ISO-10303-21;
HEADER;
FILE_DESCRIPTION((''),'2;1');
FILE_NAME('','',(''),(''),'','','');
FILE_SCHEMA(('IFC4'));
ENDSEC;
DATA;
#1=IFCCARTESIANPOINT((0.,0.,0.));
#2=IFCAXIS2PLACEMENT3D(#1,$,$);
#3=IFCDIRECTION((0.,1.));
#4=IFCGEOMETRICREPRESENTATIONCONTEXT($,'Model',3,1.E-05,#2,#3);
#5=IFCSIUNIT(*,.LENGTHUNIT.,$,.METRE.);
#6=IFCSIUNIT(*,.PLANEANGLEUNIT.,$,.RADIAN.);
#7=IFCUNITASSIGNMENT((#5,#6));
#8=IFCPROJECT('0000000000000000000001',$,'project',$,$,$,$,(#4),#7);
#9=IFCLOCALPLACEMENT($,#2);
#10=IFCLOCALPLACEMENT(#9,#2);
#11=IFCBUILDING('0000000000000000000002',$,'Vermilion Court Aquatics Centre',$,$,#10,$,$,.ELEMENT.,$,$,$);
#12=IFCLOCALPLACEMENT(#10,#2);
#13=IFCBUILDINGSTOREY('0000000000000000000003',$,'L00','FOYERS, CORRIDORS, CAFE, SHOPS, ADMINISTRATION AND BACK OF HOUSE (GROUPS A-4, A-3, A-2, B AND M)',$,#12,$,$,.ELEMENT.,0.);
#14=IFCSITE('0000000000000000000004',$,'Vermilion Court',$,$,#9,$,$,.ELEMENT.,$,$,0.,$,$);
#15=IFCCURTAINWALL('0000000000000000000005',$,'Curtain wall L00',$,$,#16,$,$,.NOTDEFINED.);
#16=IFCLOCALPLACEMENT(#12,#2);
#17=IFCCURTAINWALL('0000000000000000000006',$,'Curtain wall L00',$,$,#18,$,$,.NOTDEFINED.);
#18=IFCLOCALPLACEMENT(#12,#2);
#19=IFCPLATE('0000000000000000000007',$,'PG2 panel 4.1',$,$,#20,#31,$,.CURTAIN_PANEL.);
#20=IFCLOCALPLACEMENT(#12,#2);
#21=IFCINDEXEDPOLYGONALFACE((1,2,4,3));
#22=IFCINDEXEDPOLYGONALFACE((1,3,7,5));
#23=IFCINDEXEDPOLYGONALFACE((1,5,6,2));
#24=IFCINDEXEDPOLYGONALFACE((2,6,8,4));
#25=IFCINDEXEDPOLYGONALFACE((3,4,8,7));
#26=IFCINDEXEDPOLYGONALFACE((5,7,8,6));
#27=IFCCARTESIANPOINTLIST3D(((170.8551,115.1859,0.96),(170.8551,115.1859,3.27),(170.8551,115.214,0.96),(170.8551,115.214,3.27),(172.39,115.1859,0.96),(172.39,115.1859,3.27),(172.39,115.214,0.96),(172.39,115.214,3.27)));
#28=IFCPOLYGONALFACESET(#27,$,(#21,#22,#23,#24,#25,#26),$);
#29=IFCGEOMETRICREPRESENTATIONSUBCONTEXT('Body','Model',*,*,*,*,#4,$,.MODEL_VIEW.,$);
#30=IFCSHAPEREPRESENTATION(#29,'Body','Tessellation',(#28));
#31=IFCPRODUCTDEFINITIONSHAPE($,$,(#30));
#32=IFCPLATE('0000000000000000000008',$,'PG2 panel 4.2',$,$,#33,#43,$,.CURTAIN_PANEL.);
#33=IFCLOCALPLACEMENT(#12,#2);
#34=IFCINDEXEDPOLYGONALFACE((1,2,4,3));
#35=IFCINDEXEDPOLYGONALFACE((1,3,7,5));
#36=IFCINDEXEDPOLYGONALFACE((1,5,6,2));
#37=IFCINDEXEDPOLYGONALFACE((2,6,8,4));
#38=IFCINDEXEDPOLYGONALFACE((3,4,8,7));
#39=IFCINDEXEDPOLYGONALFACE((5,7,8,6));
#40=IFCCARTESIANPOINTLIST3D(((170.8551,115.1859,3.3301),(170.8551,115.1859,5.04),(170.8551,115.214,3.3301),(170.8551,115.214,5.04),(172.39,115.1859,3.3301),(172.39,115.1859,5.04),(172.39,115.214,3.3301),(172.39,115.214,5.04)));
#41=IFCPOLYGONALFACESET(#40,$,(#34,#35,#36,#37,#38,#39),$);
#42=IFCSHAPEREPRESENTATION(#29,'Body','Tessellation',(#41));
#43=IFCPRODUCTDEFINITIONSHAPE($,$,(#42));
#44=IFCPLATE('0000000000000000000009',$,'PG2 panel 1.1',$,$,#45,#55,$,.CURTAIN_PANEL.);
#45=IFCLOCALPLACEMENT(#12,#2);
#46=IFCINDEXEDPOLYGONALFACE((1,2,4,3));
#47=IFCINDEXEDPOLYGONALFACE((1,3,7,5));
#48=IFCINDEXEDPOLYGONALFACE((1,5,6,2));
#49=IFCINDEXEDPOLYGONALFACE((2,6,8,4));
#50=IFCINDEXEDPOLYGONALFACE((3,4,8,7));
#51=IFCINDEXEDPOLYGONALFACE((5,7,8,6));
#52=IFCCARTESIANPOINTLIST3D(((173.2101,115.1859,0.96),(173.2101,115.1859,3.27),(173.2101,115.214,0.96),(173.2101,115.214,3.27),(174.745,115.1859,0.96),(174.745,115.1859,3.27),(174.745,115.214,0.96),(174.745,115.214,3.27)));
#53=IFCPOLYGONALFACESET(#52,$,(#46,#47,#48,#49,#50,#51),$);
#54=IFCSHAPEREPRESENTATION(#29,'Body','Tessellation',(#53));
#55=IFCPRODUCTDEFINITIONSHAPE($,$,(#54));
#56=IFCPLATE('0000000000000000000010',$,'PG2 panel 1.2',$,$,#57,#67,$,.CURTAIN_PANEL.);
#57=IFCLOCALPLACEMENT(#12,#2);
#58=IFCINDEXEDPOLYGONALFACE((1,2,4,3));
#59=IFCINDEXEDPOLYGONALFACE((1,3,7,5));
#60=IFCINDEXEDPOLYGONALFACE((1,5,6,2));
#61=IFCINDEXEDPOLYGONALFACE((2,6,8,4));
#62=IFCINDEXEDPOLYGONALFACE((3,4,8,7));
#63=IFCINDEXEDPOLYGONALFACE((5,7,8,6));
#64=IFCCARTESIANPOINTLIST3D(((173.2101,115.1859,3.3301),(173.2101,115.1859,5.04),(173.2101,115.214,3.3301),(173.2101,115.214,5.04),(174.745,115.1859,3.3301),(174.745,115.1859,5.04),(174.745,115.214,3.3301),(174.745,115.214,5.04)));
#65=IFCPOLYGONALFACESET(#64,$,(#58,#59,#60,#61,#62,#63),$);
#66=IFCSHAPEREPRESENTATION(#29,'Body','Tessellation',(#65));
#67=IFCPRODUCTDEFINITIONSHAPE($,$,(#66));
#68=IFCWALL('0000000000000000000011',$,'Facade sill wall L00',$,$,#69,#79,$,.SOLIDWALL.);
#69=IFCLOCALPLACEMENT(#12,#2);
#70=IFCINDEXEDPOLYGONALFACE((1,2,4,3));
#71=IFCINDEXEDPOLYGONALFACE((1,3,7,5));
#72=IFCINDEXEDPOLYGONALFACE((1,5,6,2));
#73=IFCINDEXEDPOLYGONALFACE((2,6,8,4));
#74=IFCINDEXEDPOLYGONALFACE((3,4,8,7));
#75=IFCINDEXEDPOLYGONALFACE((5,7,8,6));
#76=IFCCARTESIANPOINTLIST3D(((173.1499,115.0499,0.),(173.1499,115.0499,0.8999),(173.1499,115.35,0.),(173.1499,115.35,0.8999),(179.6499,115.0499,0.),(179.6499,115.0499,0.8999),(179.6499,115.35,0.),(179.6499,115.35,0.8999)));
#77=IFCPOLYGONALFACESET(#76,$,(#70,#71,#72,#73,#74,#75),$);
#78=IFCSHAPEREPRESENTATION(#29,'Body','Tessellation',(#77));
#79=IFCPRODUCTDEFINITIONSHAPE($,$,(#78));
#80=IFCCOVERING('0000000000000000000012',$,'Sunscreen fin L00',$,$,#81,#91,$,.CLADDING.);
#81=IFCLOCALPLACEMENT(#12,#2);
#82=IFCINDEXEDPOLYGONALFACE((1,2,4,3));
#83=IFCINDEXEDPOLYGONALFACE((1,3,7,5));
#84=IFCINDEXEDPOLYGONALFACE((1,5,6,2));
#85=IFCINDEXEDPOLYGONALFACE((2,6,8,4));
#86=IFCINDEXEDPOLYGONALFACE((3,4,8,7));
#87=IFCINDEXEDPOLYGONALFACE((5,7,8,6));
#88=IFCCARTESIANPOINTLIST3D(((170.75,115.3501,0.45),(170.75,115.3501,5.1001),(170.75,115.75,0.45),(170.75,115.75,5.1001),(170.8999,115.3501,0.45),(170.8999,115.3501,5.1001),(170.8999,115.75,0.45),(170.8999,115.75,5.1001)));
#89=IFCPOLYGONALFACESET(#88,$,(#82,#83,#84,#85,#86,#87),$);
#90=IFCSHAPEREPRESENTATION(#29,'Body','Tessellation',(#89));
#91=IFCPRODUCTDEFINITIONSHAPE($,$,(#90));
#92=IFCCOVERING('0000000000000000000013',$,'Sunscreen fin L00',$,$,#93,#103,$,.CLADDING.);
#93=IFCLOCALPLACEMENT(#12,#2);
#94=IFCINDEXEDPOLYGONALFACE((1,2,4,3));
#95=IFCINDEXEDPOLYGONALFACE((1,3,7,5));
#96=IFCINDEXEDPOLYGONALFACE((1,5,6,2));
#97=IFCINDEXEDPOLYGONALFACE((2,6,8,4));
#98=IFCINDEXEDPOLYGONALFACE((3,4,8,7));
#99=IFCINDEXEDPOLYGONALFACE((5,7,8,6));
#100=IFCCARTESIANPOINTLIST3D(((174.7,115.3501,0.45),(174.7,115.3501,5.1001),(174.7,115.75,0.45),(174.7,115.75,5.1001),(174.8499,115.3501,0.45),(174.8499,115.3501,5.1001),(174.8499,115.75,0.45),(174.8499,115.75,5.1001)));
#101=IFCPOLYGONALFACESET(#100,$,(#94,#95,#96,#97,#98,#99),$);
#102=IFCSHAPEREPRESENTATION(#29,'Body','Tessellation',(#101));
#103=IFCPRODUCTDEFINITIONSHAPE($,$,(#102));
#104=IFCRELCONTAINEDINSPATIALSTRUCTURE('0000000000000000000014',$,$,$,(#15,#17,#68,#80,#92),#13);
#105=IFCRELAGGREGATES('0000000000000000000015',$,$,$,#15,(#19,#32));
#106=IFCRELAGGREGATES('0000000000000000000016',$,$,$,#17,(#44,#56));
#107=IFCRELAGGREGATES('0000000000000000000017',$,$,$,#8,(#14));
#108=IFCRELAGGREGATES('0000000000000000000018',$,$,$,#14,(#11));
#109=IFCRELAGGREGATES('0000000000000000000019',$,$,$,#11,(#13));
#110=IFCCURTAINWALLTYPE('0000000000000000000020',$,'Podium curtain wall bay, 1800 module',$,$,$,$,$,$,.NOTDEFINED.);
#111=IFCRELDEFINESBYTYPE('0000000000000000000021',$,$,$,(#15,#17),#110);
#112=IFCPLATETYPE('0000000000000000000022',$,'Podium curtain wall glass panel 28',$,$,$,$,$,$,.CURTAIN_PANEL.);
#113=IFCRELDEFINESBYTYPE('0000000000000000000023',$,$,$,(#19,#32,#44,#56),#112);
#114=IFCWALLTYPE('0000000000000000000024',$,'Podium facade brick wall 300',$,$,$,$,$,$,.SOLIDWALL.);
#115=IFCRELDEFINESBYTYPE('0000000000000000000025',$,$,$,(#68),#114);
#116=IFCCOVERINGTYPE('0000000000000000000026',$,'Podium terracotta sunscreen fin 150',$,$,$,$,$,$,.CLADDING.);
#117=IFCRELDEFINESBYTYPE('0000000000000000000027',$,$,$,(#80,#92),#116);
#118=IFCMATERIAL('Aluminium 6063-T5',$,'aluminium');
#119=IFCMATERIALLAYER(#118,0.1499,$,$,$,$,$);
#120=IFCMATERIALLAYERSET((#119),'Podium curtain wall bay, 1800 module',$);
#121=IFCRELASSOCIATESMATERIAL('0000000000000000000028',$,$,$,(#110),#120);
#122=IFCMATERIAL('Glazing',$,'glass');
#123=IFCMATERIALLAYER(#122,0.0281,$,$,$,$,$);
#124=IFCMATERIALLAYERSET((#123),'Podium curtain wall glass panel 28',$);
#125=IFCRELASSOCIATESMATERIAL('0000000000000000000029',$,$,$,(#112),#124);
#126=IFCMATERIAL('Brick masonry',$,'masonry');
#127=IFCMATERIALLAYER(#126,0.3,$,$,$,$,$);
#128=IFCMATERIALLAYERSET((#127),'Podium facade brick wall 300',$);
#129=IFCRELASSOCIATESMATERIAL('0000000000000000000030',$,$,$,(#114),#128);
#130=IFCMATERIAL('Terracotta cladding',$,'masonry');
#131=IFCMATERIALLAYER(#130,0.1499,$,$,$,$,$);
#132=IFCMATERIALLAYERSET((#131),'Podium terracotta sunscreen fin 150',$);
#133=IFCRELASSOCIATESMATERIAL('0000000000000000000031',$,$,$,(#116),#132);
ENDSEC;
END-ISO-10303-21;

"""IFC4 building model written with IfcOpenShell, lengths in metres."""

from ifc_helpers import new_model, si_unit, direction, frame, frame_2d, origin, origin_2d, place, context, subcontext, project, spatial, rectangle, extrude, material, layer, layer_set, type_object, element, aggregate, save


model = new_model("IFC4")

# Units and contexts
model_context = context("Model", 3, precision=1e-05, world=origin(), true_north=direction((0.0, 1.0)))
body_context = subcontext(model_context, "Body", "Model", "MODEL_VIEW")
ifc_project = project(units=[si_unit("LENGTHUNIT", "METRE"), si_unit("PLANEANGLEUNIT", "RADIAN")], contexts=[model_context])

# Site, building, storey
site_placement = place(None, origin())
site = spatial("IfcSite", under=ifc_project, at=site_placement, Name="Vermilion Court", CompositionType="ELEMENT", RefElevation=0.0)
building_placement = place(site_placement, origin())
building = spatial("IfcBuilding", under=site, at=building_placement, Name="Vermilion Court Aquatics Centre", CompositionType="ELEMENT")
storey_placement = place(building_placement, origin())
storey = spatial("IfcBuildingStorey", under=building, at=storey_placement, Name="L00", Description="FOYERS, CORRIDORS, CAFE, SHOPS, ADMINISTRATION AND BACK OF HOUSE (GROUPS A-4, A-3, A-2, B AND M)", CompositionType="ELEMENT", Elevation=0.0)

# Curtain walls
ifc_material_1 = material(Name="Aluminium 6063-T5", Category="aluminium")
ifc_layer_1 = layer(ifc_material_1, 0.1499)
ifc_layer_set_1 = layer_set([ifc_layer_1], Name="Podium curtain wall bay, 1800 module")
curtain_wall_type = type_object("IfcCurtainWallType", Name="Podium curtain wall bay, 1800 module", PredefinedType="NOTDEFINED", material=ifc_layer_set_1)
curtain_wall_1_placement = place(storey_placement, origin())
curtain_wall_1 = element("IfcCurtainWall", 1, at=curtain_wall_1_placement, inside=storey, type_object=curtain_wall_type, Name="Curtain wall L00", PredefinedType="NOTDEFINED")
curtain_wall_2_placement = place(storey_placement, origin())
curtain_wall_2 = element("IfcCurtainWall", 2, at=curtain_wall_2_placement, inside=storey, type_object=curtain_wall_type, Name="Curtain wall L00", PredefinedType="NOTDEFINED")

# Plates
ifc_material_2 = material(Name="Glazing", Category="glass")
ifc_layer_2 = layer(ifc_material_2, 0.0281)
ifc_layer_set_2 = layer_set([ifc_layer_2], Name="Podium curtain wall glass panel 28")
plate_type = type_object("IfcPlateType", Name="Podium curtain wall glass panel 28", PredefinedType="CURTAIN_PANEL", material=ifc_layer_set_2)
plate_1_placement = place(storey_placement, frame((171.6226, 115.2, 0.96), z_axis=(0.0, 0.0, 1.0), x_axis=(1.0, 0.0, 0.0)))
plate_1 = element("IfcPlate", 3, at=plate_1_placement, type_object=plate_type, Name="PG2 panel 4.1", PredefinedType="CURTAIN_PANEL", context=body_context, shape_type="SweptSolid", body=[
    extrude(rectangle(XDim=1.5349, YDim=0.0281, at=origin_2d()), origin(), (0.0, 0.0, 1.0), 2.3101),
])
plate_2_placement = place(storey_placement, frame((171.6226, 115.2, 3.3301), z_axis=(0.0, 0.0, 1.0), x_axis=(1.0, 0.0, 0.0)))
plate_2 = element("IfcPlate", 4, at=plate_2_placement, type_object=plate_type, Name="PG2 panel 4.2", PredefinedType="CURTAIN_PANEL", context=body_context, shape_type="SweptSolid", body=[
    extrude(rectangle(XDim=1.5349, YDim=0.0281, at=origin_2d()), origin(), (0.0, 0.0, 1.0), 1.71),
])
aggregate(curtain_wall_1, [plate_1, plate_2])
plate_3_placement = place(storey_placement, frame((173.9775, 115.2, 0.96), z_axis=(0.0, 0.0, 1.0), x_axis=(1.0, 0.0, 0.0)))
plate_3 = element("IfcPlate", 5, at=plate_3_placement, type_object=plate_type, Name="PG2 panel 1.1", PredefinedType="CURTAIN_PANEL", context=body_context, shape_type="SweptSolid", body=[
    extrude(rectangle(XDim=1.5349, YDim=0.0281, at=origin_2d()), origin(), (0.0, 0.0, 1.0), 2.3101),
])
plate_4_placement = place(storey_placement, frame((173.9775, 115.2, 3.3301), z_axis=(0.0, 0.0, 1.0), x_axis=(1.0, 0.0, 0.0)))
plate_4 = element("IfcPlate", 6, at=plate_4_placement, type_object=plate_type, Name="PG2 panel 1.2", PredefinedType="CURTAIN_PANEL", context=body_context, shape_type="SweptSolid", body=[
    extrude(rectangle(XDim=1.5349, YDim=0.0281, at=origin_2d()), origin(), (0.0, 0.0, 1.0), 1.71),
])
aggregate(curtain_wall_2, [plate_3, plate_4])

# Wall
ifc_material_3 = material(Name="Brick masonry", Category="masonry")
ifc_layer_3 = layer(ifc_material_3, 0.3)
ifc_layer_set_3 = layer_set([ifc_layer_3], Name="Podium facade brick wall 300")
wall_type = type_object("IfcWallType", Name="Podium facade brick wall 300", PredefinedType="SOLIDWALL", material=ifc_layer_set_3)
wall_placement = place(storey_placement, frame((173.1499, 115.2, 0.0), z_axis=(0.0, 0.0, 1.0), x_axis=(1.0, 0.0, 0.0)))
element("IfcWall", 7, at=wall_placement, inside=storey, type_object=wall_type, Name="Facade sill wall L00", PredefinedType="SOLIDWALL", context=body_context, shape_type="SweptSolid", body=[
    extrude(rectangle(XDim=6.5, YDim=0.3, at=frame_2d((3.25, 0.0))), origin(), (0.0, 0.0, 1.0), 0.8999),
])

# Coverings
ifc_material_4 = material(Name="Terracotta cladding", Category="masonry")
ifc_layer_4 = layer(ifc_material_4, 0.1499)
ifc_layer_set_4 = layer_set([ifc_layer_4], Name="Podium terracotta sunscreen fin 150")
covering_type = type_object("IfcCoveringType", Name="Podium terracotta sunscreen fin 150", PredefinedType="CLADDING", material=ifc_layer_set_4)
for number, where, z_axis, x_axis, name in (
    (8, (170.825, 115.3501, 0.45), (0.0, 0.0, 1.0), (0.0, 1.0, 0.0), "Sunscreen fin L00"),
    (9, (174.7749, 115.3501, 0.45), (0.0, 0.0, 1.0), (0.0, 1.0, 0.0), "Sunscreen fin L00"),
):
    element("IfcCovering", number, at=place(storey_placement, frame(where, z_axis=z_axis, x_axis=x_axis)), inside=storey, type_object=covering_type, Name=name, PredefinedType="CLADDING", context=body_context, shape_type="SweptSolid", body=[
        extrude(rectangle(XDim=0.3999, YDim=0.1499, at=frame_2d((0.2, 0.0))), origin(), (0.0, 0.0, 1.0), 4.6501),
    ])

save(model, "model.ifc")
